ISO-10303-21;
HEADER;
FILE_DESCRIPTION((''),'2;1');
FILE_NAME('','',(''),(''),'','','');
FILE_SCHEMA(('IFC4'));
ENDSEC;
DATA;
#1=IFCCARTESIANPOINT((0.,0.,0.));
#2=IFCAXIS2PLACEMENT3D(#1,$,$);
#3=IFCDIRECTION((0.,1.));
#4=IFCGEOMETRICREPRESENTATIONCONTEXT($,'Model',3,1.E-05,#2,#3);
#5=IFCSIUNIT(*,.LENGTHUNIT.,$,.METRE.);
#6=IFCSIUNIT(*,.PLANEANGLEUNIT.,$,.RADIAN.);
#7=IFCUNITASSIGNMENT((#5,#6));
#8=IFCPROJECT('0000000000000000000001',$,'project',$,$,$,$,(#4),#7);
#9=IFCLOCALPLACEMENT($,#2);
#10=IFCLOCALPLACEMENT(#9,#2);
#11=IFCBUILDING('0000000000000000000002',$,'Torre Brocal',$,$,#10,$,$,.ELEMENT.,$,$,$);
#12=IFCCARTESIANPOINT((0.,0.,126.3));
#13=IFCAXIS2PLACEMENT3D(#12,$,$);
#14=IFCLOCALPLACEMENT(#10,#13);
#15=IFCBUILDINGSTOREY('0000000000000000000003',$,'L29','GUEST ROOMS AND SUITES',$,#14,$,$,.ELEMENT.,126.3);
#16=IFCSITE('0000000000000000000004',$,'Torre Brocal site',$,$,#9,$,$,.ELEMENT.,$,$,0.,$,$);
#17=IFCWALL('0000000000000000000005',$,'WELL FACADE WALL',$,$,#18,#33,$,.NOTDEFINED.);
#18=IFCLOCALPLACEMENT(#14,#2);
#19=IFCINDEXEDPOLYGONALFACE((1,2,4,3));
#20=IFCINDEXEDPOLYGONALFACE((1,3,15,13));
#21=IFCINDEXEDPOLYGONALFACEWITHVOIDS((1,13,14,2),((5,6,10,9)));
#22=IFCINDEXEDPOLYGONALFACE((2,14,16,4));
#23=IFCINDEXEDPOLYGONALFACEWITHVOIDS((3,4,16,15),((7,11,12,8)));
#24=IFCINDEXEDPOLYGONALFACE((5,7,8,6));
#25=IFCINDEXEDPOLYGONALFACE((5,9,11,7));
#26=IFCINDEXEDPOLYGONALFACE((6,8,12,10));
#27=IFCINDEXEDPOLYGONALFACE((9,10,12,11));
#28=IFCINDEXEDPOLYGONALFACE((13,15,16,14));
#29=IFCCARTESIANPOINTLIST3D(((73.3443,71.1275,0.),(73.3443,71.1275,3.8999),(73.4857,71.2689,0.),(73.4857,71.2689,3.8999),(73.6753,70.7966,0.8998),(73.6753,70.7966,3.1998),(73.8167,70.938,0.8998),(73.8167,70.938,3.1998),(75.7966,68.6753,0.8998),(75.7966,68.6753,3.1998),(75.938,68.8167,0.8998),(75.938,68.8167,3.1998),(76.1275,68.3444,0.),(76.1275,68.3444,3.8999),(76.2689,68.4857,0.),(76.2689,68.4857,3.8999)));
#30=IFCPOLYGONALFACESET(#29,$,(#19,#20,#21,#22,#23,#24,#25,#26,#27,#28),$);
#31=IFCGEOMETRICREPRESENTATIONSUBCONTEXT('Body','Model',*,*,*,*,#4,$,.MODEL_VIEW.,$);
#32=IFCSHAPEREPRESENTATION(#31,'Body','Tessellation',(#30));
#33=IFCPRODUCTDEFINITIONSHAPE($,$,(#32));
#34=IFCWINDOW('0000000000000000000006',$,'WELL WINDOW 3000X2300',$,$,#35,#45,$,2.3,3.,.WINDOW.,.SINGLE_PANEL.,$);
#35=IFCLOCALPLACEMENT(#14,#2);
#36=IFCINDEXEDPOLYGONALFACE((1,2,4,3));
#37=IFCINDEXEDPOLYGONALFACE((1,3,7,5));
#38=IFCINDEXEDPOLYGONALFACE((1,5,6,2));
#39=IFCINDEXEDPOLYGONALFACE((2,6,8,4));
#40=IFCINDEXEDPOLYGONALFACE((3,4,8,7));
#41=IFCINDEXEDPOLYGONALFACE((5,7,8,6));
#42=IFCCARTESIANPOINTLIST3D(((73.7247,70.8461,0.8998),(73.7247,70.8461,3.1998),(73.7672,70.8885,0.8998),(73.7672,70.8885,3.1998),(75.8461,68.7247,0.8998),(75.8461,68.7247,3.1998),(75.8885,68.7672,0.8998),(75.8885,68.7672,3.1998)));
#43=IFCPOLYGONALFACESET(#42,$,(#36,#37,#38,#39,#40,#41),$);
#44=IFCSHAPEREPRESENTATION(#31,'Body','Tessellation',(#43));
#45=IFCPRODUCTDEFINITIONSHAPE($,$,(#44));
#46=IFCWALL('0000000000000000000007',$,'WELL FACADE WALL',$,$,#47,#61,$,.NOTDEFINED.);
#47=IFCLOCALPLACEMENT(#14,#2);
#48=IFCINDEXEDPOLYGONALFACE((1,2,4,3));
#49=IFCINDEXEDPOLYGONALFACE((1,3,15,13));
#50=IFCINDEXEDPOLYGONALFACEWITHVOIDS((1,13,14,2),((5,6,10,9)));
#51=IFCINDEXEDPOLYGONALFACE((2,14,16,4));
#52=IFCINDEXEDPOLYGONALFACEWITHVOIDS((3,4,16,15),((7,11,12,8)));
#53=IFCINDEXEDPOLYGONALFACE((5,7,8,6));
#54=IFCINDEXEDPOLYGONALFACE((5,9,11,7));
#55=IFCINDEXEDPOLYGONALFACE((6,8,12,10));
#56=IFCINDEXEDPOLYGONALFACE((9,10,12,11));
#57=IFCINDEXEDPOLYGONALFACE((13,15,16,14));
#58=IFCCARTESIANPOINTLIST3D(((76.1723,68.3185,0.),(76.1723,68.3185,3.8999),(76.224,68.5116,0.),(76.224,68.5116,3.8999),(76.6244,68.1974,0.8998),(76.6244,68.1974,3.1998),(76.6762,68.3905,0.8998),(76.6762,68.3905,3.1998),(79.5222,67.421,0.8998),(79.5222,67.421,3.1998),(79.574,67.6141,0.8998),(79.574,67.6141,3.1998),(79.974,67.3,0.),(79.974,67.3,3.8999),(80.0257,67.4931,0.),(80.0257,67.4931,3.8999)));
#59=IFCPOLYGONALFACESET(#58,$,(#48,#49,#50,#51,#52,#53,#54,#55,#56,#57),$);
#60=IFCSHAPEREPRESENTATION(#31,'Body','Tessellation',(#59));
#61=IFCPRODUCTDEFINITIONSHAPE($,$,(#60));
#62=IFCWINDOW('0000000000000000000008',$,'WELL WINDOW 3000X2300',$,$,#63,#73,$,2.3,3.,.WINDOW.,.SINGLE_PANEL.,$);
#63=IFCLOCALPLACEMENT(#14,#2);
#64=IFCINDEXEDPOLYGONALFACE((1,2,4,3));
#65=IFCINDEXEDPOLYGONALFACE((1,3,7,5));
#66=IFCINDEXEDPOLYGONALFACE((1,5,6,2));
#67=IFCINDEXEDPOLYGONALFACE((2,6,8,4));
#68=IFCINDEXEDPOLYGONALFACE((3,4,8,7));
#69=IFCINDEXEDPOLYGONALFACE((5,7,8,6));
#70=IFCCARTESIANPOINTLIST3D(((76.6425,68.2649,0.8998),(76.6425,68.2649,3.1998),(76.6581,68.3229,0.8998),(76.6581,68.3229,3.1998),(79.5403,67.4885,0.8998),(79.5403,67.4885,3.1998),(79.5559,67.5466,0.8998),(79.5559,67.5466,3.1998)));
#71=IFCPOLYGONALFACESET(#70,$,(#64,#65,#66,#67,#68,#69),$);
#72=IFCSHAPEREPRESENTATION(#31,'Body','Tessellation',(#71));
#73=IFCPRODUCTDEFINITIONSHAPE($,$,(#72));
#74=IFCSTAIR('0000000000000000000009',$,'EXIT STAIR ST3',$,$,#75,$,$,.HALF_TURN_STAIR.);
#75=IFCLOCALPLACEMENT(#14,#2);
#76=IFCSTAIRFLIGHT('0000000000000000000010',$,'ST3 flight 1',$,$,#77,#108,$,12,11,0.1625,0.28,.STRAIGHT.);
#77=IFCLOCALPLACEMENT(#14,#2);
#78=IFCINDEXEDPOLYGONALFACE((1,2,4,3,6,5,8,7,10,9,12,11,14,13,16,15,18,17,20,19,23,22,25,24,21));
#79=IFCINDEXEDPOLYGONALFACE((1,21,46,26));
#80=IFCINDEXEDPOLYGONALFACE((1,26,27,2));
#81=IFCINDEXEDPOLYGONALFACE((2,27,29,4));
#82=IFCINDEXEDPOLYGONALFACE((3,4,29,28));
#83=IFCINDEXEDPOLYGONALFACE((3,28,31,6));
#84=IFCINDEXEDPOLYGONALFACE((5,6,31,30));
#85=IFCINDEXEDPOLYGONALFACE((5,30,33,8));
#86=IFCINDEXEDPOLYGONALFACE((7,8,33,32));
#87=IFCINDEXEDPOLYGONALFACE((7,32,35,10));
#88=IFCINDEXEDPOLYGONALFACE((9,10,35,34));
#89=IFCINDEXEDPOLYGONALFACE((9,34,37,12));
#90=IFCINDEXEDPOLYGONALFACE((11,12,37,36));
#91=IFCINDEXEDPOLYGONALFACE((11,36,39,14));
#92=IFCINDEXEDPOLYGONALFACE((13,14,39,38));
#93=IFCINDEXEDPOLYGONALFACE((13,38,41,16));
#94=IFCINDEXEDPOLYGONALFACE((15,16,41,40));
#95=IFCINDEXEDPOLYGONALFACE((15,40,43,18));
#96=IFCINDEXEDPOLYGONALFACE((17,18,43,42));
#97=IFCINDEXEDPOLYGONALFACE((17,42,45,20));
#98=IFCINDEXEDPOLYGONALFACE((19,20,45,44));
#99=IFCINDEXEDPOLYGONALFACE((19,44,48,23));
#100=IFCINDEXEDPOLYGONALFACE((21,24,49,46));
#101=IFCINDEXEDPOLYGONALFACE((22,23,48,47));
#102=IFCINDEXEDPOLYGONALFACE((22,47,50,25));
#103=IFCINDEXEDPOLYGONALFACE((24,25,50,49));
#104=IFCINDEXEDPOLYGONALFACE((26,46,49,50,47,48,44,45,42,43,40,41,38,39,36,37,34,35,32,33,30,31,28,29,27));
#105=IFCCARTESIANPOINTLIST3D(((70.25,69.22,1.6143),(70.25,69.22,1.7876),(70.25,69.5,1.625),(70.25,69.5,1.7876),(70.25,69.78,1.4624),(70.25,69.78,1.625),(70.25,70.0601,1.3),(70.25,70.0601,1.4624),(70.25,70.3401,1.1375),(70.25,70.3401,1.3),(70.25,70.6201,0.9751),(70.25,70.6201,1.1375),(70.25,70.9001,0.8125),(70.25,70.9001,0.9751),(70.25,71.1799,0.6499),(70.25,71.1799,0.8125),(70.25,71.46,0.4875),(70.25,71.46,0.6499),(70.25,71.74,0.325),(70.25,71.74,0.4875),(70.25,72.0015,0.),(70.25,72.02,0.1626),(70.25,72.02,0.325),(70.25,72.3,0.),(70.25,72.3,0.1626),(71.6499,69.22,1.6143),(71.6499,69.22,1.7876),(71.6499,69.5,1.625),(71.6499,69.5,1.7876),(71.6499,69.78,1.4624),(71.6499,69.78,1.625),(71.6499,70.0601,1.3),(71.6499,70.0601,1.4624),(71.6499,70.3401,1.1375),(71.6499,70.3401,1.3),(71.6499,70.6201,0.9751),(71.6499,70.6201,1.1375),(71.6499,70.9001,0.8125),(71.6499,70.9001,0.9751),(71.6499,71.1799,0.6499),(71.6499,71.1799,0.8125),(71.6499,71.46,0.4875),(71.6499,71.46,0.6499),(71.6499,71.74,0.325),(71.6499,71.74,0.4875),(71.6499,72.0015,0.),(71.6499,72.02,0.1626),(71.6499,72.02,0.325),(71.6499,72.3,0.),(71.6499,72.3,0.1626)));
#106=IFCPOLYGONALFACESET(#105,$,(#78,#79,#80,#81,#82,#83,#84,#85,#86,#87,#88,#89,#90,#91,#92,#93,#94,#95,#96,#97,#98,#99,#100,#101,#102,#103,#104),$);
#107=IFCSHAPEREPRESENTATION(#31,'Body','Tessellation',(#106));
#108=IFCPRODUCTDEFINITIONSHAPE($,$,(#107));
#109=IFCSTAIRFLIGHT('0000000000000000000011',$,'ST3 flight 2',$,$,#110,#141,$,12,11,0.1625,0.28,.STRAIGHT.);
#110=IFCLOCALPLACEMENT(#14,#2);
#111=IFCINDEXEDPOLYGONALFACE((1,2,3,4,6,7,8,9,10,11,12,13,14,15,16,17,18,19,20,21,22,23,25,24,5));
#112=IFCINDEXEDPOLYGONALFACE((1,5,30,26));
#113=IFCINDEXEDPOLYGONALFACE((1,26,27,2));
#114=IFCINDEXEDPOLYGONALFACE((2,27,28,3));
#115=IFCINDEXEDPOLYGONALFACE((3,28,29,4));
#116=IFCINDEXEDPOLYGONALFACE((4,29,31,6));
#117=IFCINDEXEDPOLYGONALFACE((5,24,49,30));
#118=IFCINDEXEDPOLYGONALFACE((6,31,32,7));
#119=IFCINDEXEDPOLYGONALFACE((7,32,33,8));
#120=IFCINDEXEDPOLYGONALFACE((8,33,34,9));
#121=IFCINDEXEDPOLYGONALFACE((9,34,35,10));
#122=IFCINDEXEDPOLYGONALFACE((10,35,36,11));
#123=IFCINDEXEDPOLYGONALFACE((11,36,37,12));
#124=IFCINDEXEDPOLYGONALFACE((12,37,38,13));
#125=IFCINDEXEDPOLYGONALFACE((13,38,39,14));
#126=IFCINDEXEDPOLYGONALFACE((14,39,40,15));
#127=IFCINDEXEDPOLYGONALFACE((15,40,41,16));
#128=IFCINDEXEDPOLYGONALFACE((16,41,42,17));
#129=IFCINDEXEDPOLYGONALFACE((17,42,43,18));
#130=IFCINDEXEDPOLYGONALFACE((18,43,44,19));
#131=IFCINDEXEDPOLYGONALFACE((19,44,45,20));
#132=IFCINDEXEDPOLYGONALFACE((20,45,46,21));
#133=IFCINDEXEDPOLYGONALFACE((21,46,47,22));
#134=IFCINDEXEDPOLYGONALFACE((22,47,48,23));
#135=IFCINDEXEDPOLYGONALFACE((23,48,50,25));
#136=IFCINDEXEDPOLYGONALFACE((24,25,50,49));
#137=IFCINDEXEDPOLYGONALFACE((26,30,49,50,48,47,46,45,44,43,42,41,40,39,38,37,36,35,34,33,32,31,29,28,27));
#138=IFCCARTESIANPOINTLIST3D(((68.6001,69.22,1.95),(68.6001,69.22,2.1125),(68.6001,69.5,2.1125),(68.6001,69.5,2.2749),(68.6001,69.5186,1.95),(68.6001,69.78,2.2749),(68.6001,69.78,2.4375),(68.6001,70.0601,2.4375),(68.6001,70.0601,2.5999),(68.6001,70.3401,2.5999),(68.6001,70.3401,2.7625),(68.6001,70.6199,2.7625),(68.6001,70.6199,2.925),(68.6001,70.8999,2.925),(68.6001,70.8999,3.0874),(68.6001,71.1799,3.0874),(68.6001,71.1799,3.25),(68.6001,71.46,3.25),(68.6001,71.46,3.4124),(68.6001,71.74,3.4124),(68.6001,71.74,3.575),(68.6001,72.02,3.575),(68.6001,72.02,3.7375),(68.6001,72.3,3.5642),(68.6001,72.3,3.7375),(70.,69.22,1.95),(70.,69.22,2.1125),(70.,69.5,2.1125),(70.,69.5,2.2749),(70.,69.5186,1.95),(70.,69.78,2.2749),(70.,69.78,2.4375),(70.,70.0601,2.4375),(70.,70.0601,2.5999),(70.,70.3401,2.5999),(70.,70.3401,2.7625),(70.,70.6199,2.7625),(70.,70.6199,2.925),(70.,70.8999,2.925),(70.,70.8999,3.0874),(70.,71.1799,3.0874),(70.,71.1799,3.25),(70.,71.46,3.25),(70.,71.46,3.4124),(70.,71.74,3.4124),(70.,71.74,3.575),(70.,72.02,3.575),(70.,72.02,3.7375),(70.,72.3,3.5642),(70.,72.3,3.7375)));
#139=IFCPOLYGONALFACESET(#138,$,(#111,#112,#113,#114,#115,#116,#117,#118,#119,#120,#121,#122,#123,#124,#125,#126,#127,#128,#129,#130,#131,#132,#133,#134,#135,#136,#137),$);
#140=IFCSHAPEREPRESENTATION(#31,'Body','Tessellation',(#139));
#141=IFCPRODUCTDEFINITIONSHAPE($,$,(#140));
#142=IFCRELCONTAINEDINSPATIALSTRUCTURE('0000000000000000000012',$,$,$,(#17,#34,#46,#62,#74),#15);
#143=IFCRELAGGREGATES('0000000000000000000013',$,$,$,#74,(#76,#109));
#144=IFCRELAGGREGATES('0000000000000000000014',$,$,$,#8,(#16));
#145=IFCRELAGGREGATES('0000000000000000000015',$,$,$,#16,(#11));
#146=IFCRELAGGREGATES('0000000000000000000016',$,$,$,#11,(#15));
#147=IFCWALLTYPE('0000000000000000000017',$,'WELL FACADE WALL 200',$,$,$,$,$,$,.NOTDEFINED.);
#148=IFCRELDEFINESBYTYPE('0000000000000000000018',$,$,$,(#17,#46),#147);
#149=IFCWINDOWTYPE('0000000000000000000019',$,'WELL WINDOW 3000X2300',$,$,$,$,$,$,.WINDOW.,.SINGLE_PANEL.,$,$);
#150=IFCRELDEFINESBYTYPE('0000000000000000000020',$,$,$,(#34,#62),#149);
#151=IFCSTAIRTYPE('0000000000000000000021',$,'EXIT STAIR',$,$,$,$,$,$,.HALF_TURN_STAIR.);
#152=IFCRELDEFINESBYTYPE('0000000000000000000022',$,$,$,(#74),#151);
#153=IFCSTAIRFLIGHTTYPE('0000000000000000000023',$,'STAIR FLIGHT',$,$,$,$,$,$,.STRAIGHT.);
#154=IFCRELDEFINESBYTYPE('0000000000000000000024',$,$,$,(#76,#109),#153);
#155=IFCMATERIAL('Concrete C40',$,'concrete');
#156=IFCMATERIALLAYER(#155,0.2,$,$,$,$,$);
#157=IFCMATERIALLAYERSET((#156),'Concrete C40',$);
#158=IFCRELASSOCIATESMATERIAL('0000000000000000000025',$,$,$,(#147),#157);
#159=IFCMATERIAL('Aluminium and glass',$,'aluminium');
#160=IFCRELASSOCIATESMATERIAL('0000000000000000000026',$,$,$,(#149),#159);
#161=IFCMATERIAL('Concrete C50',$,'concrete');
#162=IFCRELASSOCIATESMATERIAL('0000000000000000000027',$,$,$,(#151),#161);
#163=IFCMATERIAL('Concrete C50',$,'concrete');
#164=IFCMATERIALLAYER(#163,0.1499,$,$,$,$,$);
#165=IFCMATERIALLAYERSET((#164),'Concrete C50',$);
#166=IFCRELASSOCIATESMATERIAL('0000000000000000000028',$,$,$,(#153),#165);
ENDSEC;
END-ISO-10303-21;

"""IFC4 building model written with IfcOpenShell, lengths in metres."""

from ifc_helpers import new_model, si_unit, direction, frame, frame_2d, origin, place, context, subcontext, project, spatial, polyline, rectangle, outline, extrude, material, layer, layer_set, type_object, element, fill, aggregate, save


model = new_model("IFC4")

# Units and contexts
model_context = context("Model", 3, precision=1e-05, world=origin(), true_north=direction((0.0, 1.0)))
body_context = subcontext(model_context, "Body", "Model", "MODEL_VIEW")
ifc_project = project(units=[si_unit("LENGTHUNIT", "METRE"), si_unit("PLANEANGLEUNIT", "RADIAN")], contexts=[model_context])

# Site, building, storey
site_placement = place(None, origin())
site = spatial("IfcSite", under=ifc_project, at=site_placement, Name="Torre Brocal site", CompositionType="ELEMENT", RefElevation=0.0)
building_placement = place(site_placement, origin())
building = spatial("IfcBuilding", under=site, at=building_placement, Name="Torre Brocal", CompositionType="ELEMENT")
storey_placement = place(building_placement, frame((0.0, 0.0, 126.3)))
storey = spatial("IfcBuildingStorey", under=building, at=storey_placement, Name="L29", Description="GUEST ROOMS AND SUITES", CompositionType="ELEMENT", Elevation=126.3)

# Walls, openings, windows
ifc_material_1 = material(Name="Concrete C40", Category="concrete")
ifc_layer_1 = layer(ifc_material_1, 0.2)
ifc_layer_set_1 = layer_set([ifc_layer_1], Name="Concrete C40")
wall_type_1 = type_object("IfcWallType", Name="WELL FACADE WALL 200", PredefinedType="NOTDEFINED", material=ifc_layer_set_1)
wall_1_placement = place(storey_placement, frame((73.415, 71.1982, 0.0), z_axis=(0.0, 0.0, 1.0), x_axis=(0.707107, -0.707107, 0.0)))
wall_1 = element("IfcWall", 1, at=wall_1_placement, inside=storey, type_object=wall_type_1, Name="WELL FACADE WALL", PredefinedType="NOTDEFINED", context=body_context, shape_type="SweptSolid", body=[
    extrude(rectangle(XDim=3.936, YDim=0.2, at=frame_2d((1.968, 0.0))), origin(), (0.0, 0.0, 1.0), 3.8999),
])
opening_1_placement = place(wall_1_placement, frame((0.468, 0.0, 0.8999)))
opening_1 = element("IfcOpeningElement", 2, at=opening_1_placement, cuts=wall_1, PredefinedType="OPENING", context=body_context, shape_type="SweptSolid", body=[
    extrude(rectangle(XDim=3.0, YDim=2.3, at=frame_2d((1.5, 1.1499))), frame((0.0, 0.1099, 0.0), z_axis=(0.0, -1.0, 0.0), x_axis=(1.0, 0.0, 0.0)), (0.0, 0.0, 1.0), 0.22),
])
ifc_material_2 = material(Name="Aluminium and glass", Category="aluminium")
window_type = type_object("IfcWindowType", Name="WELL WINDOW 3000X2300", PartitioningType="SINGLE_PANEL", PredefinedType="WINDOW", material=ifc_material_2)
window_1_placement = place(opening_1_placement, origin())
window_1 = element("IfcWindow", 3, at=window_1_placement, inside=storey, type_object=window_type, Name="WELL WINDOW 3000X2300", OverallHeight=2.3, OverallWidth=3.0, PartitioningType="SINGLE_PANEL", PredefinedType="WINDOW", context=body_context, shape_type="SweptSolid", body=[
    extrude(rectangle(XDim=3.0, YDim=2.3, at=frame_2d((1.5, 1.1499))), frame((0.0, 0.03, 0.0), z_axis=(0.0, -1.0, 0.0), x_axis=(1.0, 0.0, 0.0)), (0.0, 0.0, 1.0), 0.0601),
])
fill(opening_1, window_1)
wall_2_placement = place(storey_placement, frame((76.1982, 68.415, 0.0), z_axis=(0.0, 0.0, 1.0), x_axis=(0.965934, -0.25879, 0.0)))
wall_2 = element("IfcWall", 4, at=wall_2_placement, inside=storey, type_object=wall_type_1, Name="WELL FACADE WALL", PredefinedType="NOTDEFINED", context=body_context, shape_type="SweptSolid", body=[
    extrude(rectangle(XDim=3.9358, YDim=0.2, at=frame_2d((1.9678, 0.0))), origin(), (0.0, 0.0, 1.0), 3.8999),
])
opening_2_placement = place(wall_2_placement, frame((0.468, 0.0, 0.8999)))
opening_2 = element("IfcOpeningElement", 5, at=opening_2_placement, cuts=wall_2, PredefinedType="OPENING", context=body_context, shape_type="SweptSolid", body=[
    extrude(rectangle(XDim=3.0, YDim=2.3, at=frame_2d((1.5, 1.1499))), frame((0.0, 0.1099, 0.0), z_axis=(0.0, -1.0, 0.0), x_axis=(1.0, 0.0, 0.0)), (0.0, 0.0, 1.0), 0.22),
])
window_2_placement = place(opening_2_placement, origin())
window_2 = element("IfcWindow", 6, at=window_2_placement, inside=storey, type_object=window_type, Name="WELL WINDOW 3000X2300", OverallHeight=2.3, OverallWidth=3.0, PartitioningType="SINGLE_PANEL", PredefinedType="WINDOW", context=body_context, shape_type="SweptSolid", body=[
    extrude(rectangle(XDim=3.0, YDim=2.3, at=frame_2d((1.5, 1.1499))), frame((0.0, 0.03, 0.0), z_axis=(0.0, -1.0, 0.0), x_axis=(1.0, 0.0, 0.0)), (0.0, 0.0, 1.0), 0.0601),
])
fill(opening_2, window_2)

# Stair, stair flights
ifc_material_3 = material(Name="Concrete C50", Category="concrete")
stair_type = type_object("IfcStairType", Name="EXIT STAIR", PredefinedType="HALF_TURN_STAIR", material=ifc_material_3)
stair_placement = place(storey_placement, origin())
stair = element("IfcStair", 7, at=stair_placement, inside=storey, type_object=stair_type, Name="EXIT STAIR ST3", PredefinedType="HALF_TURN_STAIR")
ifc_material_4 = material(Name="Concrete C50", Category="concrete")
ifc_layer_2 = layer(ifc_material_4, 0.1499)
ifc_layer_set_2 = layer_set([ifc_layer_2], Name="Concrete C50")
stair_flight_type = type_object("IfcStairFlightType", Name="STAIR FLIGHT", PredefinedType="STRAIGHT", material=ifc_layer_set_2)
stair_flight_1_placement = place(storey_placement, frame((70.95, 72.3, 0.0), z_axis=(0.0, 0.0, 1.0), x_axis=(0.0, -1.0, 0.0)))
stair_flight_1 = element("IfcStairFlight", 8, at=stair_flight_1_placement, type_object=stair_flight_type, Name="ST3 flight 1", NumberOfRisers=12, NumberOfTreads=11, PredefinedType="STRAIGHT", RiserHeight=0.1625, TreadLength=0.28, context=body_context, shape_type="SweptSolid", body=[
    extrude(outline(polyline([(0.0, 0.0), (0.0, 0.1626), (0.28, 0.1626), (0.28, 0.325), (0.5601, 0.325), (0.5601, 0.4875), (0.8401, 0.4875), (0.8401, 0.6499), (1.1201, 0.6499), (1.1201, 0.8125), (1.3999, 0.8125), (1.3999, 0.9751), (1.6799, 0.9751), (1.6799, 1.1375), (1.96, 1.1375), (1.96, 1.3), (2.24, 1.3), (2.24, 1.4624), (2.52, 1.4624), (2.52, 1.625), (2.8, 1.625), (2.8, 1.7876), (3.0801, 1.7876), (3.0801, 1.95), (3.0801, 1.6143), (0.2986, 0.0), (0.0, 0.0)])), frame((0.0, 0.7, 0.0), z_axis=(0.0, -1.0, 0.0), x_axis=(1.0, 0.0, 0.0)), (0.0, 0.0, 1.0), 1.3999),
])
stair_flight_2_placement = place(storey_placement, frame((69.3, 69.22, 1.95), z_axis=(0.0, 0.0, 1.0), x_axis=(0.0, 1.0, 0.0)))
stair_flight_2 = element("IfcStairFlight", 9, at=stair_flight_2_placement, type_object=stair_flight_type, Name="ST3 flight 2", NumberOfRisers=12, NumberOfTreads=11, PredefinedType="STRAIGHT", RiserHeight=0.1625, TreadLength=0.28, context=body_context, shape_type="SweptSolid", body=[
    extrude(outline(polyline([(0.0, 0.0), (0.0, 0.1626), (0.28, 0.1626), (0.28, 0.325), (0.5601, 0.325), (0.5601, 0.4875), (0.8401, 0.4875), (0.8401, 0.6499), (1.1201, 0.6499), (1.1201, 0.8125), (1.3999, 0.8125), (1.3999, 0.9751), (1.6799, 0.9751), (1.6799, 1.1375), (1.96, 1.1375), (1.96, 1.3), (2.24, 1.3), (2.24, 1.4624), (2.52, 1.4624), (2.52, 1.625), (2.8, 1.625), (2.8, 1.7876), (3.0801, 1.7876), (3.0801, 1.95), (3.0801, 1.6143), (0.2986, 0.0), (0.0, 0.0)])), frame((0.0, 0.7, 0.0), z_axis=(0.0, -1.0, 0.0), x_axis=(1.0, 0.0, 0.0)), (0.0, 0.0, 1.0), 1.3999),
])
aggregate(stair, [stair_flight_1, stair_flight_2])

save(model, "model.ifc")
